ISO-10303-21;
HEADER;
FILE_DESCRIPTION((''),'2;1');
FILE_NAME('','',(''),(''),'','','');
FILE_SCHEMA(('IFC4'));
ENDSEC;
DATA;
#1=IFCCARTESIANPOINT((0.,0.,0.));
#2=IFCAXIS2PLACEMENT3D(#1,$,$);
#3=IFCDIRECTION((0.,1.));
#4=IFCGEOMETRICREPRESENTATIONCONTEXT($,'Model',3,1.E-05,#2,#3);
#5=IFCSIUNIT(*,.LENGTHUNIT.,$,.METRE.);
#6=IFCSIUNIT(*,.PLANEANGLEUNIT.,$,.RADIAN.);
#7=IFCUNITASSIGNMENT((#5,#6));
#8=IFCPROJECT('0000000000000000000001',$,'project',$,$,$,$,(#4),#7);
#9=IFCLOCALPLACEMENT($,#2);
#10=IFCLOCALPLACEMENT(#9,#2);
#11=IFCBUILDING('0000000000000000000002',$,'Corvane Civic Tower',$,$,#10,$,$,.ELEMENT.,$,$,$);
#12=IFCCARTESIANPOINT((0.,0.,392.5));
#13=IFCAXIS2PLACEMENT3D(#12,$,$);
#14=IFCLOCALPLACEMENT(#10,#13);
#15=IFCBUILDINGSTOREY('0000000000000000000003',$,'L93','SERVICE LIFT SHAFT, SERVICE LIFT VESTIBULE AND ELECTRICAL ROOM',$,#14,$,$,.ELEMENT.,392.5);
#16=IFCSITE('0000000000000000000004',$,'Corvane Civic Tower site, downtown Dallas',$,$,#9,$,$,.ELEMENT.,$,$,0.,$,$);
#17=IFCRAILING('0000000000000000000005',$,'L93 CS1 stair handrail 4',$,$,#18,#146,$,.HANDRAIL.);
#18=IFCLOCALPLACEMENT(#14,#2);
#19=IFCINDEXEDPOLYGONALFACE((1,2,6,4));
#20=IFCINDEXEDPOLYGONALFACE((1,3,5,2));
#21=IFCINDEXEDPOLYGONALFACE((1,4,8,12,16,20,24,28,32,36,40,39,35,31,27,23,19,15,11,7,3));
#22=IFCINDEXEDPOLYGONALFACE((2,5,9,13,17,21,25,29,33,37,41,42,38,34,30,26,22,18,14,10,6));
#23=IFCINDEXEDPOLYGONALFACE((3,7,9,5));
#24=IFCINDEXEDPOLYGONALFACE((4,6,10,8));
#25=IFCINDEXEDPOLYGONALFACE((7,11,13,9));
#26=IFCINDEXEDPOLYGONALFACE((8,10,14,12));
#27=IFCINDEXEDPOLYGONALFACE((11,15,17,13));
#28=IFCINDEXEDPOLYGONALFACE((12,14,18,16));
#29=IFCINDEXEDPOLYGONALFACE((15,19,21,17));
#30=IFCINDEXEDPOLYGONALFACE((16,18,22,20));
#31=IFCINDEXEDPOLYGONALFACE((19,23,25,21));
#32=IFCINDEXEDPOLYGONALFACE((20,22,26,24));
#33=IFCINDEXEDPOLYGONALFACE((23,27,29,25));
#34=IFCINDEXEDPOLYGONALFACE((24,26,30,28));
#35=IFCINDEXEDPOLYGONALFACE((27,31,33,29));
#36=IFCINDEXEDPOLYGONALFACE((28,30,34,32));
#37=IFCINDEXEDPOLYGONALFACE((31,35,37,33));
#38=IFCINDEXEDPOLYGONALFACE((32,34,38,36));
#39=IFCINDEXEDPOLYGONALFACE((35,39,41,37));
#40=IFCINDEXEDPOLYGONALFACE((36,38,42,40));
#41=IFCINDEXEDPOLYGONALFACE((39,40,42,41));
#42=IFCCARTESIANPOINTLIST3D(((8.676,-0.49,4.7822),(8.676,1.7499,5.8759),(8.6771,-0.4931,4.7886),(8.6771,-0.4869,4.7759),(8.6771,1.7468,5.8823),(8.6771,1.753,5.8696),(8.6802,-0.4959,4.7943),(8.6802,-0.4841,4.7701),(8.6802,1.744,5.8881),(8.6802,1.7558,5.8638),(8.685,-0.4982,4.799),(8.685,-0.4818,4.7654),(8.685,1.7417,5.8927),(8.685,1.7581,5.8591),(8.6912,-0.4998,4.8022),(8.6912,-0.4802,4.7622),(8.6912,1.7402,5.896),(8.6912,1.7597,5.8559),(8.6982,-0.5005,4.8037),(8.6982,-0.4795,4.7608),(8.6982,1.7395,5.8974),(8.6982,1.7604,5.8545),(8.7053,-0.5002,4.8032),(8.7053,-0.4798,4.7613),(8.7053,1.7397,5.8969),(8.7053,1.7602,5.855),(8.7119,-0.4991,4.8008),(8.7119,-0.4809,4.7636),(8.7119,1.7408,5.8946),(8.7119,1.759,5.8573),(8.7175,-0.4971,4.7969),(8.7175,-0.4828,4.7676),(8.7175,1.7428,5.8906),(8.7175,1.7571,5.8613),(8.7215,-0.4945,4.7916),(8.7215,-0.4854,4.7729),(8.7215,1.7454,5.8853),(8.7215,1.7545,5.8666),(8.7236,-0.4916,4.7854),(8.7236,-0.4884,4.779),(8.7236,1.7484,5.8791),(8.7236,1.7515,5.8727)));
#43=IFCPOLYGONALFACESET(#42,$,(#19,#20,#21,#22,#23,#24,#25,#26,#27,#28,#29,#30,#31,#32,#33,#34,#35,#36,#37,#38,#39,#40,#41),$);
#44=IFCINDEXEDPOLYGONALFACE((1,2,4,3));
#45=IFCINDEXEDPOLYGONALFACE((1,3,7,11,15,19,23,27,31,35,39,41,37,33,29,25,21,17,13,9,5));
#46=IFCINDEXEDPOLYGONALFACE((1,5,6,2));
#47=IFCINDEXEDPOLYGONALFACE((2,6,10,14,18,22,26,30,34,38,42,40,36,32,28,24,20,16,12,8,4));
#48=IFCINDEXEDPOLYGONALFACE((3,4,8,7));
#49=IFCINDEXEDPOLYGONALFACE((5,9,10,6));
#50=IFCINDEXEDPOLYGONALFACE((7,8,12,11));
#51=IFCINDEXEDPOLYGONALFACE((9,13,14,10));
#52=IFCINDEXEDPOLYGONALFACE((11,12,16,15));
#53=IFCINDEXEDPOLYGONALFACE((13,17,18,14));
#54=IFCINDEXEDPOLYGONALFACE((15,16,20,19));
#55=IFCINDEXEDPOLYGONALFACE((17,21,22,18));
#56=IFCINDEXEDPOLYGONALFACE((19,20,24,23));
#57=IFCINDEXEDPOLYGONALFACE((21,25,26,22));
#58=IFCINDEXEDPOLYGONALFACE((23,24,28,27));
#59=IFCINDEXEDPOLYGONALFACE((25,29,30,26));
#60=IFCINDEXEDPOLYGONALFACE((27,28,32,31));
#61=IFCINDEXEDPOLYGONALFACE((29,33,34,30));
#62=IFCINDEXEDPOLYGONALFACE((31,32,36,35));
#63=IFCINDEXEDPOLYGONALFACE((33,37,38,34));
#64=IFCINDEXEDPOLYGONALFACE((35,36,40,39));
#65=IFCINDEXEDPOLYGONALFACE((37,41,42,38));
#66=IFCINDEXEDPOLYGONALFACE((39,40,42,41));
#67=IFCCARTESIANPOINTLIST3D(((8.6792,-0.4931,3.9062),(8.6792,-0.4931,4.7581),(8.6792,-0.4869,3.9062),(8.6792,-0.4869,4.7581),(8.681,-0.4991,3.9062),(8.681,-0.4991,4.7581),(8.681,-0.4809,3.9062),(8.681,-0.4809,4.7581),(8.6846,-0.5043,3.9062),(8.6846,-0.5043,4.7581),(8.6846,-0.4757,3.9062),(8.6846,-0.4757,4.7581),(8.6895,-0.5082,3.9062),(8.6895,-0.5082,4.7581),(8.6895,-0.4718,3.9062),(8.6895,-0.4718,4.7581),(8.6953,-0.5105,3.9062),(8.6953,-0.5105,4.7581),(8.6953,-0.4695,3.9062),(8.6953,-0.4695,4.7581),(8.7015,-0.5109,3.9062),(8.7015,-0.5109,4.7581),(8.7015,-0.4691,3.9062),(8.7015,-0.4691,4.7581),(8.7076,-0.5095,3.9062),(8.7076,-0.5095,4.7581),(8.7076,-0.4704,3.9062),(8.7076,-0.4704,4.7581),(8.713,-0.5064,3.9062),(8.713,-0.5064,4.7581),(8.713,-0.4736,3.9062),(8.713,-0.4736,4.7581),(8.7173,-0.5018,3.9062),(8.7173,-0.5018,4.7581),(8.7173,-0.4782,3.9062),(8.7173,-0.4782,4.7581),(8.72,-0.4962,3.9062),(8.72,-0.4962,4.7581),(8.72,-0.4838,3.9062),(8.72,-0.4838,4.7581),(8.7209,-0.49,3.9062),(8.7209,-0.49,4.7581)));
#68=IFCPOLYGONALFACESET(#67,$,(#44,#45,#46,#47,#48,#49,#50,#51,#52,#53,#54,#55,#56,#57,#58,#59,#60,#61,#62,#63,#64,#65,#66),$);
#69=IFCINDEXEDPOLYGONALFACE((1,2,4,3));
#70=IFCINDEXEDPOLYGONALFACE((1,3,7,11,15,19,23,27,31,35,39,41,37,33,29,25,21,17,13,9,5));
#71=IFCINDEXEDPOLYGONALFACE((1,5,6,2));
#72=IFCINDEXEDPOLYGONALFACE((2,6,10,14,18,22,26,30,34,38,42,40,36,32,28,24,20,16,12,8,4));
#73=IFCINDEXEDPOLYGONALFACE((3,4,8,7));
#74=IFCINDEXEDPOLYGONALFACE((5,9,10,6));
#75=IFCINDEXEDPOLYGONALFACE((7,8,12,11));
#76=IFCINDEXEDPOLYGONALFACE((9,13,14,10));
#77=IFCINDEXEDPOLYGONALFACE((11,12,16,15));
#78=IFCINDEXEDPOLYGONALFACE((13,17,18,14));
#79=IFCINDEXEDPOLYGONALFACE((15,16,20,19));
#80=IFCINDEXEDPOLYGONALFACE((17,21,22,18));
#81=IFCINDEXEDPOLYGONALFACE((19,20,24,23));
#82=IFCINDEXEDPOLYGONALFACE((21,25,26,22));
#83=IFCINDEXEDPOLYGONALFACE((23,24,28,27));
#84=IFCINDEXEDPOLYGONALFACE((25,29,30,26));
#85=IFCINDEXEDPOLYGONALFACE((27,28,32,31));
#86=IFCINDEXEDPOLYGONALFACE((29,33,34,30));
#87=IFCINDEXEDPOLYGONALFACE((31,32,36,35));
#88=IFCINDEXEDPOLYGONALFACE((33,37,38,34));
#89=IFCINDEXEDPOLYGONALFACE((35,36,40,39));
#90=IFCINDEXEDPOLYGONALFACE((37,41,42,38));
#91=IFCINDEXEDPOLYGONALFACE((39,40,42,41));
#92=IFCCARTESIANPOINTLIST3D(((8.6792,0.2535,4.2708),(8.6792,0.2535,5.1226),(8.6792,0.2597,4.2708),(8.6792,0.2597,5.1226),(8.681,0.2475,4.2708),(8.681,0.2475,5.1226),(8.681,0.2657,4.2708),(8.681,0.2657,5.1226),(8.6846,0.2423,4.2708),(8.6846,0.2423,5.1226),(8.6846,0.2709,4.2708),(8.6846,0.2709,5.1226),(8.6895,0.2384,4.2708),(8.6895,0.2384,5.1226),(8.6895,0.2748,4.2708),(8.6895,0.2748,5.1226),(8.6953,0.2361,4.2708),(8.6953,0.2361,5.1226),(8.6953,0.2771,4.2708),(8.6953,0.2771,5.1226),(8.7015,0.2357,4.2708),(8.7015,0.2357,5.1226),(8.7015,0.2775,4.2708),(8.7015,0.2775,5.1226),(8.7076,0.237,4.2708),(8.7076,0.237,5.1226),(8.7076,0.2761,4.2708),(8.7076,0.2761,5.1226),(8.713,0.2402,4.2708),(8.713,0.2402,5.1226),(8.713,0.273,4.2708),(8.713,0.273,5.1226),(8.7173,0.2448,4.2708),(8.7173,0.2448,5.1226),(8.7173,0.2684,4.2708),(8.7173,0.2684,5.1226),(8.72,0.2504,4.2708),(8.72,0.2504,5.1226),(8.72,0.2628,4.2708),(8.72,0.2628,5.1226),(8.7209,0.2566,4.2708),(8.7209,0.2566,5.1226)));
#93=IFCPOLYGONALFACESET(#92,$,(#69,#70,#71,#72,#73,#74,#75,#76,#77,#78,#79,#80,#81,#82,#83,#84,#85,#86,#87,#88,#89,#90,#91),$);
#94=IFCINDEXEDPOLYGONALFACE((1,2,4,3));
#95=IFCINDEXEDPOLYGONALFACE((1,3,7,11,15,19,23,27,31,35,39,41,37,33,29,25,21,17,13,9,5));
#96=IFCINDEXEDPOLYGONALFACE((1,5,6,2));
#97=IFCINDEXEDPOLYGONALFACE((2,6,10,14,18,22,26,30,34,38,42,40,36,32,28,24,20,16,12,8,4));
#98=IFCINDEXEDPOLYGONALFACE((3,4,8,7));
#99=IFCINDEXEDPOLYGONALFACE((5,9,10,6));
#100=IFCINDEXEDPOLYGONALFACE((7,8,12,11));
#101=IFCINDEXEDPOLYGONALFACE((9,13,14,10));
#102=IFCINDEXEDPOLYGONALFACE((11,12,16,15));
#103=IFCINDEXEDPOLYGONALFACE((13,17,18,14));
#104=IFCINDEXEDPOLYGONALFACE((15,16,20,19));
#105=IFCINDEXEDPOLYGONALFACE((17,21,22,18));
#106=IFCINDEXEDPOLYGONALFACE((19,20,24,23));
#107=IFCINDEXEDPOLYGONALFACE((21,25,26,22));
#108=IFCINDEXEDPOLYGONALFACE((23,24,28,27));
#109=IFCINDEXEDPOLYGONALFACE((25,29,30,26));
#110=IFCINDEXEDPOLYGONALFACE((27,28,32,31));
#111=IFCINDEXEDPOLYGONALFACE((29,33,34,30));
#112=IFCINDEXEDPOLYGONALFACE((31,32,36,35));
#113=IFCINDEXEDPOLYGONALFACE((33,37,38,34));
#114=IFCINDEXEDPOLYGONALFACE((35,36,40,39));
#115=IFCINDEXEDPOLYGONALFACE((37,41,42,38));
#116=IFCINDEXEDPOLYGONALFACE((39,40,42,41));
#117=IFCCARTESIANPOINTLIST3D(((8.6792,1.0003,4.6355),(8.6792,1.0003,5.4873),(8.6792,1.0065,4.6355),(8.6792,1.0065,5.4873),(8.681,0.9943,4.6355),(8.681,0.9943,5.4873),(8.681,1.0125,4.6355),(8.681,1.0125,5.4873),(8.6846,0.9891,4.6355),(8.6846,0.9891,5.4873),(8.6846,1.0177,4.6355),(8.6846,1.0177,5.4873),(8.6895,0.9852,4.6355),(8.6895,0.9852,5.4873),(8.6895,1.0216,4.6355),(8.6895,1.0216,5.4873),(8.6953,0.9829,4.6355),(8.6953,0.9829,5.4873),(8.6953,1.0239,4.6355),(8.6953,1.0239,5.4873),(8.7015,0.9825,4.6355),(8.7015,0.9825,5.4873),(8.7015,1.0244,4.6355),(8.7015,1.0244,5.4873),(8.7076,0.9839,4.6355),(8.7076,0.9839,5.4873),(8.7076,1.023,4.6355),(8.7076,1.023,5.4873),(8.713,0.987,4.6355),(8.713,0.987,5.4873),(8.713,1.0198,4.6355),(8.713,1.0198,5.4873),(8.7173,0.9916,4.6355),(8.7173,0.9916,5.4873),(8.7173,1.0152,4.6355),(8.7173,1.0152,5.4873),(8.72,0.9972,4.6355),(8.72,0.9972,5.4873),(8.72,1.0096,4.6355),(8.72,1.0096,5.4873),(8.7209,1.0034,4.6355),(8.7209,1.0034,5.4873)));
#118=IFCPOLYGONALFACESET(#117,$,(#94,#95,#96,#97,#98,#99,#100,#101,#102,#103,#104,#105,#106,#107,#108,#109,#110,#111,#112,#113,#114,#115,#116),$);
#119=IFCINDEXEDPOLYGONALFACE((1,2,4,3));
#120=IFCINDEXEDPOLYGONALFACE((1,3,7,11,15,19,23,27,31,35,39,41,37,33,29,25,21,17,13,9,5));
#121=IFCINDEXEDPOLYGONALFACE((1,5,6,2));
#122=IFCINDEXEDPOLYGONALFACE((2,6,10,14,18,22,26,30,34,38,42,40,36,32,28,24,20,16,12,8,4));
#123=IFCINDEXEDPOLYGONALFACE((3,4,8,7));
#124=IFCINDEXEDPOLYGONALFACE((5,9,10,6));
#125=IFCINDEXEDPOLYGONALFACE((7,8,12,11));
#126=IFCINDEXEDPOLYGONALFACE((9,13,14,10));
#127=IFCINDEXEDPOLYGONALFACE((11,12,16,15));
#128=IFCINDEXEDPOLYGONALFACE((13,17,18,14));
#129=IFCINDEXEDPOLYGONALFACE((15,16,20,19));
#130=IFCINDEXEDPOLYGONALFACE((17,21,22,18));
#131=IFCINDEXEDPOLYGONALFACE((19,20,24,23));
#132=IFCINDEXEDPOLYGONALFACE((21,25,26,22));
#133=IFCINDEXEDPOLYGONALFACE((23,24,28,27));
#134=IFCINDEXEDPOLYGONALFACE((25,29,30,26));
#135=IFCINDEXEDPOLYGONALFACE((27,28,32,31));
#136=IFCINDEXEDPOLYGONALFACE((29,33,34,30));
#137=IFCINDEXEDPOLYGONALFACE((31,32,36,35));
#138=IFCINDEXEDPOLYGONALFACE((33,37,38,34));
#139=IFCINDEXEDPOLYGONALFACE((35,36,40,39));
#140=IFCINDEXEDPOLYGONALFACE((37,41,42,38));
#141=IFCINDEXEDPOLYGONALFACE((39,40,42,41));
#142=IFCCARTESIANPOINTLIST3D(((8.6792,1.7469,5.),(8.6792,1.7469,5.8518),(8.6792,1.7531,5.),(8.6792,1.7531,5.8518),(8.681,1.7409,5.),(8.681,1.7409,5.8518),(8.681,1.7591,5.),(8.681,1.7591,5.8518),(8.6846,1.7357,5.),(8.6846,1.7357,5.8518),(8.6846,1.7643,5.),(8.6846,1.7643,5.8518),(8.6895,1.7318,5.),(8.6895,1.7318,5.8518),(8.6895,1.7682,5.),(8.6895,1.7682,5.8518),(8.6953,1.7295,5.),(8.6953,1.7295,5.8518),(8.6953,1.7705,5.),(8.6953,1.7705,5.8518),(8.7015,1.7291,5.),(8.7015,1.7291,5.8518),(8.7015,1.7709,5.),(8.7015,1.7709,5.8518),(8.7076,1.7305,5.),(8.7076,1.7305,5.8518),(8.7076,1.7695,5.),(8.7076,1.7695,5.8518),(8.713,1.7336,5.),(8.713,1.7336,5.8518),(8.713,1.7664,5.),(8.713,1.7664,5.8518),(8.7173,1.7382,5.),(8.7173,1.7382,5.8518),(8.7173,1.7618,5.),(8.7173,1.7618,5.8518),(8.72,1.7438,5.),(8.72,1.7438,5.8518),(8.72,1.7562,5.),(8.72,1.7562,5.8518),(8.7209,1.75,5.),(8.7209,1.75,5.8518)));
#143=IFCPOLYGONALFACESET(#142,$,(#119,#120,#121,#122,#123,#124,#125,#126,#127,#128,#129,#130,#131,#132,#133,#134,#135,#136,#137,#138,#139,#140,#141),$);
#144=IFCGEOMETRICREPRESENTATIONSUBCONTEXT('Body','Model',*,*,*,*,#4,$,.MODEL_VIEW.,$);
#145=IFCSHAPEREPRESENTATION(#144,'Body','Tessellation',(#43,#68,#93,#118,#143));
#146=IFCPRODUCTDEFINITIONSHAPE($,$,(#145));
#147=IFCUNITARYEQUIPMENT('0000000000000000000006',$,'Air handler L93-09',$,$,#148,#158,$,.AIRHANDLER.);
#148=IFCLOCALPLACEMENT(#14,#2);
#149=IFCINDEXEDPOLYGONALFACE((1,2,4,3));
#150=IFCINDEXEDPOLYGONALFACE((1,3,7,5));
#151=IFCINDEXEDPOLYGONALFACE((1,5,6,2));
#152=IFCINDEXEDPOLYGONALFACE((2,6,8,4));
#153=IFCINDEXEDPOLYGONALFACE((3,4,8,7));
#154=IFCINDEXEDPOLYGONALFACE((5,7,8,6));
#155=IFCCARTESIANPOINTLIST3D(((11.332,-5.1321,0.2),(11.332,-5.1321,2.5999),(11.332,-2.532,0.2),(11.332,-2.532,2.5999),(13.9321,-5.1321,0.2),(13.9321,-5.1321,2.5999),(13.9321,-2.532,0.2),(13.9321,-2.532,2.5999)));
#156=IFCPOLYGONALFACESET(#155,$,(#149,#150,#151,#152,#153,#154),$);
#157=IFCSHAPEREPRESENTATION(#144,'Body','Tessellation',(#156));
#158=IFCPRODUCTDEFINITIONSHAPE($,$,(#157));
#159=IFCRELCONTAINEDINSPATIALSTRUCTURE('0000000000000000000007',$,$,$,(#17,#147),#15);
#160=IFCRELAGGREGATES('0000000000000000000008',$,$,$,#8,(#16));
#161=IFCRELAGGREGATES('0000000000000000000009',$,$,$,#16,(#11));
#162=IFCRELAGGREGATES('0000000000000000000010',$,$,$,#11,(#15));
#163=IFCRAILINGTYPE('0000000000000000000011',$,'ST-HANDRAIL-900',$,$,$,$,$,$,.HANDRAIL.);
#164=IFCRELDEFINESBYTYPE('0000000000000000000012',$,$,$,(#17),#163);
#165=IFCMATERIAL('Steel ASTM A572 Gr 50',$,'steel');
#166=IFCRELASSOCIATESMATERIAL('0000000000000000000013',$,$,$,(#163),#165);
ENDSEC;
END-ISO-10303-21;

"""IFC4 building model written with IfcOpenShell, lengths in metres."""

from ifc_helpers import new_model, si_unit, direction, frame, origin, origin_2d, place, context, subcontext, project, spatial, rectangle, circle, extrude, material, type_object, element, save


model = new_model("IFC4")

# Units and contexts
model_context = context("Model", 3, precision=1e-05, world=origin(), true_north=direction((0.0, 1.0)))
body_context = subcontext(model_context, "Body", "Model", "MODEL_VIEW")
ifc_project = project(units=[si_unit("LENGTHUNIT", "METRE"), si_unit("PLANEANGLEUNIT", "RADIAN")], contexts=[model_context])

# Site, building, storey
site_placement = place(None, origin())
site = spatial("IfcSite", under=ifc_project, at=site_placement, Name="Corvane Civic Tower site, downtown Dallas", CompositionType="ELEMENT", RefElevation=0.0)
building_placement = place(site_placement, origin())
building = spatial("IfcBuilding", under=site, at=building_placement, Name="Corvane Civic Tower", CompositionType="ELEMENT")
storey_placement = place(building_placement, frame((0.0, 0.0, 392.5)))
storey = spatial("IfcBuildingStorey", under=building, at=storey_placement, Name="L93", Description="SERVICE LIFT SHAFT, SERVICE LIFT VESTIBULE AND ELECTRICAL ROOM", CompositionType="ELEMENT", Elevation=392.5)

# Railing
ifc_material_1 = material(Name="Steel ASTM A572 Gr 50", Category="steel")
railing_type_1 = type_object("IfcRailingType", Name="ST-HANDRAIL-900", PredefinedType="HANDRAIL", material=ifc_material_1)
for number, where, name in (
    (1, (8.7, -0.49, 3.9062), "L93 CS1 stair handrail 4"),
):
    element("IfcRailing", number, at=place(storey_placement, frame(where)), inside=storey, type_object=railing_type_1, Name=name, PredefinedType="HANDRAIL", context=body_context, shape_type="SweptSolid", body=[
        extrude(circle(Radius=0.0239, at=origin_2d()), frame((0.0, 0.0, 0.876), z_axis=(0.0, 0.898599, 0.438771), x_axis=(-1.0, 0.0, 0.0)), (0.0, 0.0, 1.0), 2.4927),
        extrude(circle(Radius=0.021, at=origin_2d()), origin(), (0.0, 0.0, 1.0), 0.8518),
        extrude(circle(Radius=0.021, at=origin_2d()), frame((0.0, 0.7466, 0.3645)), (0.0, 0.0, 1.0), 0.8518),
        extrude(circle(Radius=0.021, at=origin_2d()), frame((0.0, 1.4934, 0.7292)), (0.0, 0.0, 1.0), 0.8518),
        extrude(circle(Radius=0.021, at=origin_2d()), frame((0.0, 2.24, 1.0938)), (0.0, 0.0, 1.0), 0.8518),
    ])

# Unitary equipment
unitary_equipment_placement = place(storey_placement, frame((12.6321, -3.832, 0.2), z_axis=(0.0, 0.0, 1.0), x_axis=(1.0, 0.0, 0.0)))
element("IfcUnitaryEquipment", 2, at=unitary_equipment_placement, inside=storey, Name="Air handler L93-09", PredefinedType="AIRHANDLER", context=body_context, shape_type="SweptSolid", body=[
    extrude(rectangle(XDim=2.6001, YDim=2.6001, at=origin_2d()), origin(), (0.0, 0.0, 1.0), 2.3999),
])

save(model, "model.ifc")
